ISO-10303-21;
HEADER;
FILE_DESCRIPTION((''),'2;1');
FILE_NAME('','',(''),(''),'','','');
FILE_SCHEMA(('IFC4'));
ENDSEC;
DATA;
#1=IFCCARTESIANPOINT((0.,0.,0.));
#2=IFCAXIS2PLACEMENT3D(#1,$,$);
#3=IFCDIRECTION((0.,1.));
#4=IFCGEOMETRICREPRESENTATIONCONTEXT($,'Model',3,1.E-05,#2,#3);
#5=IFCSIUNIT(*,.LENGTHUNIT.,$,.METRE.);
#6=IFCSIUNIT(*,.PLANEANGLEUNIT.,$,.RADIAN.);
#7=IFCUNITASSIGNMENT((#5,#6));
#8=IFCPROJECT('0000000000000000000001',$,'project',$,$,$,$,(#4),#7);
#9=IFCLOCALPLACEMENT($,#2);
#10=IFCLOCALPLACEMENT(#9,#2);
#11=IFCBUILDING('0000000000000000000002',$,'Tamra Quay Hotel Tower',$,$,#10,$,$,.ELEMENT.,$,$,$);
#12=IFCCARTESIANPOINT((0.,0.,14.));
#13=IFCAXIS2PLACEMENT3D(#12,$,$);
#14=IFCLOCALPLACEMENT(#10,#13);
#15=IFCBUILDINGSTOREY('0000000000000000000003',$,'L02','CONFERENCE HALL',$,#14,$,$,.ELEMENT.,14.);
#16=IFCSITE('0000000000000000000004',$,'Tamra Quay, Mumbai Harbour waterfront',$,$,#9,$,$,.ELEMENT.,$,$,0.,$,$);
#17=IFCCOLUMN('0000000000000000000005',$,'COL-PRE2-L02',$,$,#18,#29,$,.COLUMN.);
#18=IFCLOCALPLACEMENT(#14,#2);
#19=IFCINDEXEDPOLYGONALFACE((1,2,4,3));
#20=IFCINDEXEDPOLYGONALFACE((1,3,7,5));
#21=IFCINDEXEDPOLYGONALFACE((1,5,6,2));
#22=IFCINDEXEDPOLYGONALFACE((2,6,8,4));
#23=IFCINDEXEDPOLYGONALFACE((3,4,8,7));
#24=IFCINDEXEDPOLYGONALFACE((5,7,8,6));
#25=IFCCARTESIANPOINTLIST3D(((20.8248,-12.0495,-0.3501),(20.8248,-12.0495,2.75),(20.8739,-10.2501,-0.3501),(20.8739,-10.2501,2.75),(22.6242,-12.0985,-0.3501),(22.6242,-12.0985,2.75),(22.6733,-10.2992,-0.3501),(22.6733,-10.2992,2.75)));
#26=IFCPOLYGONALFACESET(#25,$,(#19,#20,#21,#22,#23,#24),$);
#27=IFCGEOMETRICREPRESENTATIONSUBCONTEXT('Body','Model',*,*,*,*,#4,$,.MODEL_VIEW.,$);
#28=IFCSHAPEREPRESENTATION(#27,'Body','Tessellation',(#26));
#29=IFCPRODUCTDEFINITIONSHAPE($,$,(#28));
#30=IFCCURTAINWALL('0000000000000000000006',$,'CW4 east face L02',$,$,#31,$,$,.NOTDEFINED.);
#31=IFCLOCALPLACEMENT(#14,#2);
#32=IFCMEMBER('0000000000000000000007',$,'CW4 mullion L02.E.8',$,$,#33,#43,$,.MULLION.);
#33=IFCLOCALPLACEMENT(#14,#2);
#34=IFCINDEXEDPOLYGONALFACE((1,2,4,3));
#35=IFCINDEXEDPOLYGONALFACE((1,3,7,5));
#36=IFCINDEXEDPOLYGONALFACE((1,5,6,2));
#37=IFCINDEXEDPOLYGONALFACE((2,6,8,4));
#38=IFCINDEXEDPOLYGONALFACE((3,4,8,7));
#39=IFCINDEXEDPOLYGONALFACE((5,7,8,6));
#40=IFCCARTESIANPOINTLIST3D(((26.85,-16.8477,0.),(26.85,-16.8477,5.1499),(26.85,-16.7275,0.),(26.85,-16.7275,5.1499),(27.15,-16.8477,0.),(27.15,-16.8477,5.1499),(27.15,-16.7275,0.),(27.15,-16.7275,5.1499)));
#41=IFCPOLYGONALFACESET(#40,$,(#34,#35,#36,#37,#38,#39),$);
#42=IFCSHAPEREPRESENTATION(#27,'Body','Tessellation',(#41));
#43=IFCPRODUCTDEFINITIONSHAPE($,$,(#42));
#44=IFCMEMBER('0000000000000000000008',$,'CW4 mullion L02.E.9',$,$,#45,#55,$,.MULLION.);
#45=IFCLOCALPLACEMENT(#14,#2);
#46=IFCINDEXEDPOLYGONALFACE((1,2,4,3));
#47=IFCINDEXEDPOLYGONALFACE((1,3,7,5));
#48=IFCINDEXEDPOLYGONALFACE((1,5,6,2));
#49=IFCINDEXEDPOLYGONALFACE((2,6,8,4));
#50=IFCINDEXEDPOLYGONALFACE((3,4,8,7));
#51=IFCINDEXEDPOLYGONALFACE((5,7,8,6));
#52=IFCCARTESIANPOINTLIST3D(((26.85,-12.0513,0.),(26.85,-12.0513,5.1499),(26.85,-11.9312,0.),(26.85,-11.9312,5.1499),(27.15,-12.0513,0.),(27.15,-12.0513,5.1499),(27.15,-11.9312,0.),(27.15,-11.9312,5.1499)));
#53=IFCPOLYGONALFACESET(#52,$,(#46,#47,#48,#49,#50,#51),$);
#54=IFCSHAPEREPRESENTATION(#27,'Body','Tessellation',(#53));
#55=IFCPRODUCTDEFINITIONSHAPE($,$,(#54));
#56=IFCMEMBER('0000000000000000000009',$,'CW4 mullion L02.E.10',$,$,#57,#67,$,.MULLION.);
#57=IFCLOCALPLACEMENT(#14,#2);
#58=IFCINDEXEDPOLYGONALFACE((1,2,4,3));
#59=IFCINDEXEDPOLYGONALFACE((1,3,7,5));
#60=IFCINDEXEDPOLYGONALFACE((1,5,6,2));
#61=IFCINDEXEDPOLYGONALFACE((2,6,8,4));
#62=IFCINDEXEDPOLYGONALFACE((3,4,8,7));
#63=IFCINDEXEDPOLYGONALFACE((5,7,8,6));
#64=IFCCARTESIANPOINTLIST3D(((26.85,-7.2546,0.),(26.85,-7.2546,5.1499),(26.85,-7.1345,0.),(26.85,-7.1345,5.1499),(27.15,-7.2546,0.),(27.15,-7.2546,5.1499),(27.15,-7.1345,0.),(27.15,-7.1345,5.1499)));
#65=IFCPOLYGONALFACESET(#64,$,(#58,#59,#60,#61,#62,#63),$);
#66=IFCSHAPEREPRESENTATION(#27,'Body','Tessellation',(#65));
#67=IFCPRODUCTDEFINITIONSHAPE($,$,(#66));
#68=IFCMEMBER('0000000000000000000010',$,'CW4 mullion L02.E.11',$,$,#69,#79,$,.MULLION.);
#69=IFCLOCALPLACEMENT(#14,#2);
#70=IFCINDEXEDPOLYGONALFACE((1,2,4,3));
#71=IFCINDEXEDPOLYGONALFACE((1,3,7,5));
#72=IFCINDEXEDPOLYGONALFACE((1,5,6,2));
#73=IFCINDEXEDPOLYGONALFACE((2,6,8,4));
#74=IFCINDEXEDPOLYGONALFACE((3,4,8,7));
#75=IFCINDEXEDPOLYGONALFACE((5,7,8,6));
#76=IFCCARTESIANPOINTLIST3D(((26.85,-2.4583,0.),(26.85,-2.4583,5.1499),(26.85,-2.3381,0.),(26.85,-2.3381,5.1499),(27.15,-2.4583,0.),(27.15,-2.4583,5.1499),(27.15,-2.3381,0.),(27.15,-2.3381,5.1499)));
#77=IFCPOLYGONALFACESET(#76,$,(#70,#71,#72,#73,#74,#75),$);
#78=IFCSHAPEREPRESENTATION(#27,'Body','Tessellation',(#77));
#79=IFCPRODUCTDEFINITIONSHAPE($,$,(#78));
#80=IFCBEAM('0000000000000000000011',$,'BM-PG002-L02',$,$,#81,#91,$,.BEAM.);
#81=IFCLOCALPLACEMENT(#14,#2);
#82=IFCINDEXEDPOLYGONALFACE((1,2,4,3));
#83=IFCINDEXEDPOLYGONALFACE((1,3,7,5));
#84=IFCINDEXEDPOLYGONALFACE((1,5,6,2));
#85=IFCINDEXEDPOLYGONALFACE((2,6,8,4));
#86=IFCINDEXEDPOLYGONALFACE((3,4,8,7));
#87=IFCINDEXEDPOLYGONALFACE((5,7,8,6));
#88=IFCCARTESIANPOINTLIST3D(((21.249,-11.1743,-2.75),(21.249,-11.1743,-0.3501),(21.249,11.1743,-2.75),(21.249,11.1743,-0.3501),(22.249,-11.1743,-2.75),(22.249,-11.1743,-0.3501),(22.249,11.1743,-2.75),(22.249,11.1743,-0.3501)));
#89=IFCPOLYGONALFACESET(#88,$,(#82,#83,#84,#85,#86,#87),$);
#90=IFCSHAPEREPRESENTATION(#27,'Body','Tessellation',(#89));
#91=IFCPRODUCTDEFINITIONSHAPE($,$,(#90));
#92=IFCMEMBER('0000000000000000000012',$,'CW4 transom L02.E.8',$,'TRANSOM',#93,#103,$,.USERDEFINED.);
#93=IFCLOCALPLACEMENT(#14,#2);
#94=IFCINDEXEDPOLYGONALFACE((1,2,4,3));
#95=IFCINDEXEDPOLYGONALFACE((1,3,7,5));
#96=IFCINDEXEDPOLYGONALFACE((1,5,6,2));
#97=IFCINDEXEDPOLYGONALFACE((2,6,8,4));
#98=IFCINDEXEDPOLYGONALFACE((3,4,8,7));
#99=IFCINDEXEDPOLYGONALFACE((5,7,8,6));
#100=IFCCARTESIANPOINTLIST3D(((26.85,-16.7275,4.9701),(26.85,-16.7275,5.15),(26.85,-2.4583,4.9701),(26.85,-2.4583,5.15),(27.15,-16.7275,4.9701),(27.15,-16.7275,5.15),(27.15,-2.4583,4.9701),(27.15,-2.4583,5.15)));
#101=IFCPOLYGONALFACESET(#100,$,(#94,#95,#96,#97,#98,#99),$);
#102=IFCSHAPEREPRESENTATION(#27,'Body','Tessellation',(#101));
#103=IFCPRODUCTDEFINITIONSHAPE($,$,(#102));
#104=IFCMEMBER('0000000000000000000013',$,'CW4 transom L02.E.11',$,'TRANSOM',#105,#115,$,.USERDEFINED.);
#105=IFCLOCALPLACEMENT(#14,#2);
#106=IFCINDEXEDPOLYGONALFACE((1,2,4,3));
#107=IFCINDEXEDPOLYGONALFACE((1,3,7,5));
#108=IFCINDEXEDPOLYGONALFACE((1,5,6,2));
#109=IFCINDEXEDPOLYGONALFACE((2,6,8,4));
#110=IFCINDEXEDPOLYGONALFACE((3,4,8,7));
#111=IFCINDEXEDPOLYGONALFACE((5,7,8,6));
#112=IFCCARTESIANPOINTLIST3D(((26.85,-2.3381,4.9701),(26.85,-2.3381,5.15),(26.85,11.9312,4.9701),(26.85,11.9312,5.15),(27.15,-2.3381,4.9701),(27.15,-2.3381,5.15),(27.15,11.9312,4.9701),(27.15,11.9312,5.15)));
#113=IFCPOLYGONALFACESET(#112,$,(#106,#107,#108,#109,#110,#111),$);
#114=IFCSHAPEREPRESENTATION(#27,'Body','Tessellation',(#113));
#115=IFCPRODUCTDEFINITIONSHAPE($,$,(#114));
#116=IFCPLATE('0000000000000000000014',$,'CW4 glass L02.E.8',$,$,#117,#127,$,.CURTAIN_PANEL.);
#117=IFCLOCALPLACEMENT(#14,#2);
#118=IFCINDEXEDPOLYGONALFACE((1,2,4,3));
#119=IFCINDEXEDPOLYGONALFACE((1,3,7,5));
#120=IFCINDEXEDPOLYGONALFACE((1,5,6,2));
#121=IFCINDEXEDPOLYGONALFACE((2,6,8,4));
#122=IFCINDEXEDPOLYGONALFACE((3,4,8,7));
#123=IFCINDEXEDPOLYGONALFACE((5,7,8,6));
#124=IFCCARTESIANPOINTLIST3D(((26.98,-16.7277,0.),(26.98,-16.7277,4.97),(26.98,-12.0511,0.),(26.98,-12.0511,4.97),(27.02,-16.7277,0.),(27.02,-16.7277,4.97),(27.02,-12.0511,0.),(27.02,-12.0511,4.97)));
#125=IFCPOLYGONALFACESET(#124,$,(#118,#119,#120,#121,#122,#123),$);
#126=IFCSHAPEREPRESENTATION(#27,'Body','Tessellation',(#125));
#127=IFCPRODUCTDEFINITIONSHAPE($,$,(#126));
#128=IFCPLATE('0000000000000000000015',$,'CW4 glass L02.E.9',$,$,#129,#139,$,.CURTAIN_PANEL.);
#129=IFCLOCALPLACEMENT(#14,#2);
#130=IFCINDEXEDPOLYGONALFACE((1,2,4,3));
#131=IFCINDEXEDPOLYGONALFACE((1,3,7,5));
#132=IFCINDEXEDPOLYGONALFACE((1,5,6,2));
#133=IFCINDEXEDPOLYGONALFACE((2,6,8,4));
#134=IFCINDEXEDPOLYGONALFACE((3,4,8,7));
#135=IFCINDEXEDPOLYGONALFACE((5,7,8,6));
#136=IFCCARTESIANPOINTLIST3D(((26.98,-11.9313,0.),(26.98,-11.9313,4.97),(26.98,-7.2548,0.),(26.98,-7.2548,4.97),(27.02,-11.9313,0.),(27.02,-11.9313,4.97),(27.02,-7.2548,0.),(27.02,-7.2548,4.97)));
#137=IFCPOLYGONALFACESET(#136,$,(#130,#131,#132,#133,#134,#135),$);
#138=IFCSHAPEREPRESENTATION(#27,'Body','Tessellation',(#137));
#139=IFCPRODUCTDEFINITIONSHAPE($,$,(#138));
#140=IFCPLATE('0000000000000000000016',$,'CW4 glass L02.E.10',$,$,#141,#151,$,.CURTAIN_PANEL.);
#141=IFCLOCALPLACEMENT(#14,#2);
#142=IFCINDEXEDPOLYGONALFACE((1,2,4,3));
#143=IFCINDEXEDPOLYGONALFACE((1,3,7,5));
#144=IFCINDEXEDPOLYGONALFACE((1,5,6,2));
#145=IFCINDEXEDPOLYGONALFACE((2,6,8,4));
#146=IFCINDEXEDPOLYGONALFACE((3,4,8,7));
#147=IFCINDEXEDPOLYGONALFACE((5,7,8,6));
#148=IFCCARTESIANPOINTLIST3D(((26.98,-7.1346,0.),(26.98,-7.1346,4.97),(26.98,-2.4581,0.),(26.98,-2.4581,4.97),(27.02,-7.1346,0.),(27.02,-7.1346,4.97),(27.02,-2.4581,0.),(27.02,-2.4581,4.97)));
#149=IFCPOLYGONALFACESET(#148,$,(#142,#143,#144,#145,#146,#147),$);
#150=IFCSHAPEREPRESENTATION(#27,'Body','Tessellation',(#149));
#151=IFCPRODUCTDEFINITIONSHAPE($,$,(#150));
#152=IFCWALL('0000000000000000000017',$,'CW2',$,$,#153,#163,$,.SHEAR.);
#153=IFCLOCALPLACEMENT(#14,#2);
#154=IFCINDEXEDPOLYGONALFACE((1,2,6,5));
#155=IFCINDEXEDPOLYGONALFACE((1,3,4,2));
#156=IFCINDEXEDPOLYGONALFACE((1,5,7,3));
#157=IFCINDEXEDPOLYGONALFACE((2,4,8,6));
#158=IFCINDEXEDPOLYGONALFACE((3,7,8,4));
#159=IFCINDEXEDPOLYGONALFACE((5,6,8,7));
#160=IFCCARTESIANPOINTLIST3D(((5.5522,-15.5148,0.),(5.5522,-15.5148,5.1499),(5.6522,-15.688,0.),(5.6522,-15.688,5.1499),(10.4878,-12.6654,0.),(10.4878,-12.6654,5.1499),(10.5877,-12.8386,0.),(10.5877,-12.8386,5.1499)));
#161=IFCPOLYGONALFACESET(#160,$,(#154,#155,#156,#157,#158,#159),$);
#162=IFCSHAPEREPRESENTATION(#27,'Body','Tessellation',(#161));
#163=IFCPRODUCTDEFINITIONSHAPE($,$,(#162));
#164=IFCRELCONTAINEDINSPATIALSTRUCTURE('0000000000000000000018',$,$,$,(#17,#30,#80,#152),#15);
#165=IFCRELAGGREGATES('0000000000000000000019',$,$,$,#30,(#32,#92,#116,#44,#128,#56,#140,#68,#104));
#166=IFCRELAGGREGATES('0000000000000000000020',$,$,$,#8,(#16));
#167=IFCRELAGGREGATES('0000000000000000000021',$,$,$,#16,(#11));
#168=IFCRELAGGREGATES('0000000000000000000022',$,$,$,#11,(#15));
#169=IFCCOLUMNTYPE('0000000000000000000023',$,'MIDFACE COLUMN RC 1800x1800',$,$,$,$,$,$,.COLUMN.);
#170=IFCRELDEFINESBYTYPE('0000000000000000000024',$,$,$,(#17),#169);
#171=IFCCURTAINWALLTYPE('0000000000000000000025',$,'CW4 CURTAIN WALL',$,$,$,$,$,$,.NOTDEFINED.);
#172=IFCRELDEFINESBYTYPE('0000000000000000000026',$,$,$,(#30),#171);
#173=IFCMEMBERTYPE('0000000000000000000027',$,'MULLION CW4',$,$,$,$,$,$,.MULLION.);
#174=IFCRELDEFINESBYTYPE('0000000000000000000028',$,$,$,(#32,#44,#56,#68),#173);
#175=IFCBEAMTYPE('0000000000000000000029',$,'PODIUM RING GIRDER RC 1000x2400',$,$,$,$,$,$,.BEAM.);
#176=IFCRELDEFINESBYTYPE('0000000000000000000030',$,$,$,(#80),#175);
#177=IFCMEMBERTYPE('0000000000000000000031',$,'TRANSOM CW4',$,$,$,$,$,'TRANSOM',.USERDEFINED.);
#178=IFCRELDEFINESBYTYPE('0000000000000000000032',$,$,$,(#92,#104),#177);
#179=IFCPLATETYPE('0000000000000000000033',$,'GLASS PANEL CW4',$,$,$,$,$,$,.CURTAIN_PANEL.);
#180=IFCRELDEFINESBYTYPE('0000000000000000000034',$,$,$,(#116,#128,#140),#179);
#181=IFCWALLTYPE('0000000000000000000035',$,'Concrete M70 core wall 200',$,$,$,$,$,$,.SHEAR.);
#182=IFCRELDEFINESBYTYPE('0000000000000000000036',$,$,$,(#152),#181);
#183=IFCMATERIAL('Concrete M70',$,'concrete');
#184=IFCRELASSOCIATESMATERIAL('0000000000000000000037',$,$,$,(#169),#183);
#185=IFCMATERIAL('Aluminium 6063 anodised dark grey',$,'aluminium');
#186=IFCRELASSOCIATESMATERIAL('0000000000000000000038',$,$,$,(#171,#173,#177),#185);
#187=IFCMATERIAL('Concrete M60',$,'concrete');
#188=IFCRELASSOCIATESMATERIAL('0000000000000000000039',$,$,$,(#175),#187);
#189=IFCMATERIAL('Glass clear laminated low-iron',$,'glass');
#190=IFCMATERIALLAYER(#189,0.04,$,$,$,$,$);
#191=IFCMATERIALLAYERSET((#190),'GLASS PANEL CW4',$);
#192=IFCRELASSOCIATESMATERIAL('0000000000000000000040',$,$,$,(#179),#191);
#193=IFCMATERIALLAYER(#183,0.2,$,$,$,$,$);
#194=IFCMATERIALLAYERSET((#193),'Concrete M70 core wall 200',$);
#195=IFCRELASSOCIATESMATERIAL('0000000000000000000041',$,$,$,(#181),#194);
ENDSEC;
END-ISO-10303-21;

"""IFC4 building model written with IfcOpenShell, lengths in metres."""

from ifc_helpers import new_model, si_unit, direction, frame, frame_2d, origin, origin_2d, place, context, subcontext, project, spatial, rectangle, extrude, material, layer, layer_set, material_profile, profile_set, type_object, element, aggregate, save


model = new_model("IFC4")

# Units and contexts
model_context = context("Model", 3, precision=1e-05, world=origin(), true_north=direction((0.0, 1.0)))
body_context = subcontext(model_context, "Body", "Model", "MODEL_VIEW")
ifc_project = project(units=[si_unit("LENGTHUNIT", "METRE"), si_unit("PLANEANGLEUNIT", "RADIAN")], contexts=[model_context])

# Site, building, storey
site_placement = place(None, origin())
site = spatial("IfcSite", under=ifc_project, at=site_placement, Name="Tamra Quay, Mumbai Harbour waterfront", CompositionType="ELEMENT", RefElevation=0.0)
building_placement = place(site_placement, origin())
building = spatial("IfcBuilding", under=site, at=building_placement, Name="Tamra Quay Hotel Tower", CompositionType="ELEMENT")
storey_placement = place(building_placement, frame((0.0, 0.0, 14.0)))
storey = spatial("IfcBuildingStorey", under=building, at=storey_placement, Name="L02", Description="CONFERENCE HALL", CompositionType="ELEMENT", Elevation=14.0)

# Column
ifc_material_1 = material(Name="Concrete M70", Category="concrete")
ifc_material_profile_1 = material_profile(ifc_material_1, rectangle(XDim=1.8, YDim=1.8, at=origin_2d()), Name="MIDFACE COLUMN RC 1800x1800")
ifc_profile_set_1 = profile_set([ifc_material_profile_1], Name="Concrete M70")
column_type = type_object("IfcColumnType", Name="MIDFACE COLUMN RC 1800x1800", PredefinedType="COLUMN", material=ifc_profile_set_1)
column_placement = place(storey_placement, frame((21.749, -11.1743, -0.3501), z_axis=(0.0, 0.0, 1.0), x_axis=(-0.999628, 0.027269, 0.0)))
element("IfcColumn", 1, at=column_placement, inside=storey, type_object=column_type, Name="COL-PRE2-L02", PredefinedType="COLUMN", context=body_context, shape_type="SweptSolid", body=[
    extrude(rectangle(XDim=1.8, YDim=1.8, at=origin_2d()), origin(), (0.0, 0.0, 1.0), 3.1001),
])

# Curtain wall, members
ifc_material_2 = material(Name="Aluminium 6063 anodised dark grey", Category="aluminium")
curtain_wall_type = type_object("IfcCurtainWallType", Name="CW4 CURTAIN WALL", PredefinedType="NOTDEFINED", material=ifc_material_2)
curtain_wall_placement = place(storey_placement, origin())
curtain_wall = element("IfcCurtainWall", 2, at=curtain_wall_placement, inside=storey, type_object=curtain_wall_type, Name="CW4 east face L02", PredefinedType="NOTDEFINED")
ifc_material_profile_2 = material_profile(ifc_material_2, rectangle(XDim=0.3, YDim=0.1201, at=origin_2d()), Name="MULLION 120X300")
ifc_profile_set_2 = profile_set([ifc_material_profile_2], Name="Aluminium 6063 anodised dark grey")
member_type_1 = type_object("IfcMemberType", Name="MULLION CW4", PredefinedType="MULLION", material=ifc_profile_set_2)
member_1_placement = place(storey_placement, frame((27.0, -16.7876, 0.0), z_axis=(0.0, 0.0, 1.0), x_axis=(1.0, 0.0, 0.0)))
member_1 = element("IfcMember", 3, at=member_1_placement, type_object=member_type_1, Name="CW4 mullion L02.E.8", PredefinedType="MULLION", context=body_context, shape_type="SweptSolid", body=[
    extrude(rectangle(XDim=0.3, YDim=0.1201, at=origin_2d()), origin(), (0.0, 0.0, 1.0), 5.1499),
])
member_2_placement = place(storey_placement, frame((27.0, -11.9912, 0.0), z_axis=(0.0, 0.0, 1.0), x_axis=(1.0, 0.0, 0.0)))
member_2 = element("IfcMember", 4, at=member_2_placement, type_object=member_type_1, Name="CW4 mullion L02.E.9", PredefinedType="MULLION", context=body_context, shape_type="SweptSolid", body=[
    extrude(rectangle(XDim=0.3, YDim=0.1201, at=origin_2d()), origin(), (0.0, 0.0, 1.0), 5.1499),
])
member_3_placement = place(storey_placement, frame((27.0, -7.1946, 0.0), z_axis=(0.0, 0.0, 1.0), x_axis=(1.0, 0.0, 0.0)))
member_3 = element("IfcMember", 5, at=member_3_placement, type_object=member_type_1, Name="CW4 mullion L02.E.10", PredefinedType="MULLION", context=body_context, shape_type="SweptSolid", body=[
    extrude(rectangle(XDim=0.3, YDim=0.1201, at=origin_2d()), origin(), (0.0, 0.0, 1.0), 5.1499),
])
member_4_placement = place(storey_placement, frame((27.0, -2.3982, 0.0), z_axis=(0.0, 0.0, 1.0), x_axis=(1.0, 0.0, 0.0)))
member_4 = element("IfcMember", 6, at=member_4_placement, type_object=member_type_1, Name="CW4 mullion L02.E.11", PredefinedType="MULLION", context=body_context, shape_type="SweptSolid", body=[
    extrude(rectangle(XDim=0.3, YDim=0.1201, at=origin_2d()), origin(), (0.0, 0.0, 1.0), 5.1499),
])

# Beam
ifc_material_3 = material(Name="Concrete M60", Category="concrete")
ifc_material_profile_3 = material_profile(ifc_material_3, rectangle(XDim=1.0, YDim=2.3999, at=origin_2d()), Name="PODIUM RING GIRDER RC 1000x2400")
ifc_profile_set_3 = profile_set([ifc_material_profile_3], Name="Concrete M60")
beam_type = type_object("IfcBeamType", Name="PODIUM RING GIRDER RC 1000x2400", PredefinedType="BEAM", material=ifc_profile_set_3)
beam_placement = place(storey_placement, frame((21.749, -11.1743, -1.55), z_axis=(0.0, 1.0, 0.0), x_axis=(-1.0, 0.0, 0.0)))
element("IfcBeam", 7, at=beam_placement, inside=storey, type_object=beam_type, Name="BM-PG002-L02", PredefinedType="BEAM", context=body_context, shape_type="SweptSolid", body=[
    extrude(rectangle(XDim=1.0, YDim=2.3999, at=origin_2d()), origin(), (0.0, 0.0, 1.0), 22.3486),
])

# Members
ifc_material_profile_4 = material_profile(ifc_material_2, rectangle(XDim=0.3, YDim=0.1799, at=origin_2d()), Name="TRANSOM 300X180")
ifc_profile_set_4 = profile_set([ifc_material_profile_4], Name="Aluminium 6063 anodised dark grey")
member_type_2 = type_object("IfcMemberType", Name="TRANSOM CW4", ElementType="TRANSOM", PredefinedType="USERDEFINED", material=ifc_profile_set_4)
member_5_placement = place(storey_placement, frame((27.0, -16.7275, 5.0601), z_axis=(0.0, 1.0, 0.0), x_axis=(-1.0, 0.0, 0.0)))
member_5 = element("IfcMember", 8, at=member_5_placement, type_object=member_type_2, Name="CW4 transom L02.E.8", ObjectType="TRANSOM", PredefinedType="USERDEFINED", context=body_context, shape_type="SweptSolid", body=[
    extrude(rectangle(XDim=0.3, YDim=0.1799, at=origin_2d()), origin(), (0.0, 0.0, 1.0), 14.2693),
])
member_6_placement = place(storey_placement, frame((27.0, -2.3381, 5.0601), z_axis=(0.0, 1.0, 0.0), x_axis=(-1.0, 0.0, 0.0)))
member_6 = element("IfcMember", 9, at=member_6_placement, type_object=member_type_2, Name="CW4 transom L02.E.11", ObjectType="TRANSOM", PredefinedType="USERDEFINED", context=body_context, shape_type="SweptSolid", body=[
    extrude(rectangle(XDim=0.3, YDim=0.1799, at=origin_2d()), origin(), (0.0, 0.0, 1.0), 14.2693),
])

# Plates
ifc_material_4 = material(Name="Glass clear laminated low-iron", Category="glass")
ifc_layer_1 = layer(ifc_material_4, 0.04)
ifc_layer_set_1 = layer_set([ifc_layer_1], Name="GLASS PANEL CW4")
plate_type = type_object("IfcPlateType", Name="GLASS PANEL CW4", PredefinedType="CURTAIN_PANEL", material=ifc_layer_set_1)
plate_1_placement = place(storey_placement, frame((27.0, -14.3894, 0.0), z_axis=(0.0, 0.0, 1.0), x_axis=(0.0, 1.0, 0.0)))
plate_1 = element("IfcPlate", 10, at=plate_1_placement, type_object=plate_type, Name="CW4 glass L02.E.8", PredefinedType="CURTAIN_PANEL", context=body_context, shape_type="SweptSolid", body=[
    extrude(rectangle(XDim=4.6765, YDim=0.04, at=origin_2d()), origin(), (0.0, 0.0, 1.0), 4.97),
])
plate_2_placement = place(storey_placement, frame((27.0, -9.593, 0.0), z_axis=(0.0, 0.0, 1.0), x_axis=(0.0, 1.0, 0.0)))
plate_2 = element("IfcPlate", 11, at=plate_2_placement, type_object=plate_type, Name="CW4 glass L02.E.9", PredefinedType="CURTAIN_PANEL", context=body_context, shape_type="SweptSolid", body=[
    extrude(rectangle(XDim=4.6765, YDim=0.04, at=origin_2d()), origin(), (0.0, 0.0, 1.0), 4.97),
])
plate_3_placement = place(storey_placement, frame((27.0, -4.7964, 0.0), z_axis=(0.0, 0.0, 1.0), x_axis=(0.0, 1.0, 0.0)))
plate_3 = element("IfcPlate", 12, at=plate_3_placement, type_object=plate_type, Name="CW4 glass L02.E.10", PredefinedType="CURTAIN_PANEL", context=body_context, shape_type="SweptSolid", body=[
    extrude(rectangle(XDim=4.6765, YDim=0.04, at=origin_2d()), origin(), (0.0, 0.0, 1.0), 4.97),
])
aggregate(curtain_wall, [member_1, member_5, plate_1, member_2, plate_2, member_3, plate_3, member_4, member_6])

# Wall
ifc_layer_2 = layer(ifc_material_1, 0.2)
ifc_layer_set_2 = layer_set([ifc_layer_2], Name="Concrete M70 core wall 200")
wall_type_1 = type_object("IfcWallType", Name="Concrete M70 core wall 200", PredefinedType="SHEAR", material=ifc_layer_set_2)
wall_1_placement = place(storey_placement, frame((10.5378, -12.752, 0.0), z_axis=(0.0, 0.0, 1.0), x_axis=(-0.866039, -0.499977, 0.0)))
element("IfcWall", 13, at=wall_1_placement, inside=storey, type_object=wall_type_1, Name="CW2", PredefinedType="SHEAR", context=body_context, shape_type="SweptSolid", body=[
    extrude(rectangle(XDim=5.699, YDim=0.2, at=frame_2d((2.8496, 0.0))), origin(), (0.0, 0.0, 1.0), 5.1499),
])

save(model, "model.ifc")
